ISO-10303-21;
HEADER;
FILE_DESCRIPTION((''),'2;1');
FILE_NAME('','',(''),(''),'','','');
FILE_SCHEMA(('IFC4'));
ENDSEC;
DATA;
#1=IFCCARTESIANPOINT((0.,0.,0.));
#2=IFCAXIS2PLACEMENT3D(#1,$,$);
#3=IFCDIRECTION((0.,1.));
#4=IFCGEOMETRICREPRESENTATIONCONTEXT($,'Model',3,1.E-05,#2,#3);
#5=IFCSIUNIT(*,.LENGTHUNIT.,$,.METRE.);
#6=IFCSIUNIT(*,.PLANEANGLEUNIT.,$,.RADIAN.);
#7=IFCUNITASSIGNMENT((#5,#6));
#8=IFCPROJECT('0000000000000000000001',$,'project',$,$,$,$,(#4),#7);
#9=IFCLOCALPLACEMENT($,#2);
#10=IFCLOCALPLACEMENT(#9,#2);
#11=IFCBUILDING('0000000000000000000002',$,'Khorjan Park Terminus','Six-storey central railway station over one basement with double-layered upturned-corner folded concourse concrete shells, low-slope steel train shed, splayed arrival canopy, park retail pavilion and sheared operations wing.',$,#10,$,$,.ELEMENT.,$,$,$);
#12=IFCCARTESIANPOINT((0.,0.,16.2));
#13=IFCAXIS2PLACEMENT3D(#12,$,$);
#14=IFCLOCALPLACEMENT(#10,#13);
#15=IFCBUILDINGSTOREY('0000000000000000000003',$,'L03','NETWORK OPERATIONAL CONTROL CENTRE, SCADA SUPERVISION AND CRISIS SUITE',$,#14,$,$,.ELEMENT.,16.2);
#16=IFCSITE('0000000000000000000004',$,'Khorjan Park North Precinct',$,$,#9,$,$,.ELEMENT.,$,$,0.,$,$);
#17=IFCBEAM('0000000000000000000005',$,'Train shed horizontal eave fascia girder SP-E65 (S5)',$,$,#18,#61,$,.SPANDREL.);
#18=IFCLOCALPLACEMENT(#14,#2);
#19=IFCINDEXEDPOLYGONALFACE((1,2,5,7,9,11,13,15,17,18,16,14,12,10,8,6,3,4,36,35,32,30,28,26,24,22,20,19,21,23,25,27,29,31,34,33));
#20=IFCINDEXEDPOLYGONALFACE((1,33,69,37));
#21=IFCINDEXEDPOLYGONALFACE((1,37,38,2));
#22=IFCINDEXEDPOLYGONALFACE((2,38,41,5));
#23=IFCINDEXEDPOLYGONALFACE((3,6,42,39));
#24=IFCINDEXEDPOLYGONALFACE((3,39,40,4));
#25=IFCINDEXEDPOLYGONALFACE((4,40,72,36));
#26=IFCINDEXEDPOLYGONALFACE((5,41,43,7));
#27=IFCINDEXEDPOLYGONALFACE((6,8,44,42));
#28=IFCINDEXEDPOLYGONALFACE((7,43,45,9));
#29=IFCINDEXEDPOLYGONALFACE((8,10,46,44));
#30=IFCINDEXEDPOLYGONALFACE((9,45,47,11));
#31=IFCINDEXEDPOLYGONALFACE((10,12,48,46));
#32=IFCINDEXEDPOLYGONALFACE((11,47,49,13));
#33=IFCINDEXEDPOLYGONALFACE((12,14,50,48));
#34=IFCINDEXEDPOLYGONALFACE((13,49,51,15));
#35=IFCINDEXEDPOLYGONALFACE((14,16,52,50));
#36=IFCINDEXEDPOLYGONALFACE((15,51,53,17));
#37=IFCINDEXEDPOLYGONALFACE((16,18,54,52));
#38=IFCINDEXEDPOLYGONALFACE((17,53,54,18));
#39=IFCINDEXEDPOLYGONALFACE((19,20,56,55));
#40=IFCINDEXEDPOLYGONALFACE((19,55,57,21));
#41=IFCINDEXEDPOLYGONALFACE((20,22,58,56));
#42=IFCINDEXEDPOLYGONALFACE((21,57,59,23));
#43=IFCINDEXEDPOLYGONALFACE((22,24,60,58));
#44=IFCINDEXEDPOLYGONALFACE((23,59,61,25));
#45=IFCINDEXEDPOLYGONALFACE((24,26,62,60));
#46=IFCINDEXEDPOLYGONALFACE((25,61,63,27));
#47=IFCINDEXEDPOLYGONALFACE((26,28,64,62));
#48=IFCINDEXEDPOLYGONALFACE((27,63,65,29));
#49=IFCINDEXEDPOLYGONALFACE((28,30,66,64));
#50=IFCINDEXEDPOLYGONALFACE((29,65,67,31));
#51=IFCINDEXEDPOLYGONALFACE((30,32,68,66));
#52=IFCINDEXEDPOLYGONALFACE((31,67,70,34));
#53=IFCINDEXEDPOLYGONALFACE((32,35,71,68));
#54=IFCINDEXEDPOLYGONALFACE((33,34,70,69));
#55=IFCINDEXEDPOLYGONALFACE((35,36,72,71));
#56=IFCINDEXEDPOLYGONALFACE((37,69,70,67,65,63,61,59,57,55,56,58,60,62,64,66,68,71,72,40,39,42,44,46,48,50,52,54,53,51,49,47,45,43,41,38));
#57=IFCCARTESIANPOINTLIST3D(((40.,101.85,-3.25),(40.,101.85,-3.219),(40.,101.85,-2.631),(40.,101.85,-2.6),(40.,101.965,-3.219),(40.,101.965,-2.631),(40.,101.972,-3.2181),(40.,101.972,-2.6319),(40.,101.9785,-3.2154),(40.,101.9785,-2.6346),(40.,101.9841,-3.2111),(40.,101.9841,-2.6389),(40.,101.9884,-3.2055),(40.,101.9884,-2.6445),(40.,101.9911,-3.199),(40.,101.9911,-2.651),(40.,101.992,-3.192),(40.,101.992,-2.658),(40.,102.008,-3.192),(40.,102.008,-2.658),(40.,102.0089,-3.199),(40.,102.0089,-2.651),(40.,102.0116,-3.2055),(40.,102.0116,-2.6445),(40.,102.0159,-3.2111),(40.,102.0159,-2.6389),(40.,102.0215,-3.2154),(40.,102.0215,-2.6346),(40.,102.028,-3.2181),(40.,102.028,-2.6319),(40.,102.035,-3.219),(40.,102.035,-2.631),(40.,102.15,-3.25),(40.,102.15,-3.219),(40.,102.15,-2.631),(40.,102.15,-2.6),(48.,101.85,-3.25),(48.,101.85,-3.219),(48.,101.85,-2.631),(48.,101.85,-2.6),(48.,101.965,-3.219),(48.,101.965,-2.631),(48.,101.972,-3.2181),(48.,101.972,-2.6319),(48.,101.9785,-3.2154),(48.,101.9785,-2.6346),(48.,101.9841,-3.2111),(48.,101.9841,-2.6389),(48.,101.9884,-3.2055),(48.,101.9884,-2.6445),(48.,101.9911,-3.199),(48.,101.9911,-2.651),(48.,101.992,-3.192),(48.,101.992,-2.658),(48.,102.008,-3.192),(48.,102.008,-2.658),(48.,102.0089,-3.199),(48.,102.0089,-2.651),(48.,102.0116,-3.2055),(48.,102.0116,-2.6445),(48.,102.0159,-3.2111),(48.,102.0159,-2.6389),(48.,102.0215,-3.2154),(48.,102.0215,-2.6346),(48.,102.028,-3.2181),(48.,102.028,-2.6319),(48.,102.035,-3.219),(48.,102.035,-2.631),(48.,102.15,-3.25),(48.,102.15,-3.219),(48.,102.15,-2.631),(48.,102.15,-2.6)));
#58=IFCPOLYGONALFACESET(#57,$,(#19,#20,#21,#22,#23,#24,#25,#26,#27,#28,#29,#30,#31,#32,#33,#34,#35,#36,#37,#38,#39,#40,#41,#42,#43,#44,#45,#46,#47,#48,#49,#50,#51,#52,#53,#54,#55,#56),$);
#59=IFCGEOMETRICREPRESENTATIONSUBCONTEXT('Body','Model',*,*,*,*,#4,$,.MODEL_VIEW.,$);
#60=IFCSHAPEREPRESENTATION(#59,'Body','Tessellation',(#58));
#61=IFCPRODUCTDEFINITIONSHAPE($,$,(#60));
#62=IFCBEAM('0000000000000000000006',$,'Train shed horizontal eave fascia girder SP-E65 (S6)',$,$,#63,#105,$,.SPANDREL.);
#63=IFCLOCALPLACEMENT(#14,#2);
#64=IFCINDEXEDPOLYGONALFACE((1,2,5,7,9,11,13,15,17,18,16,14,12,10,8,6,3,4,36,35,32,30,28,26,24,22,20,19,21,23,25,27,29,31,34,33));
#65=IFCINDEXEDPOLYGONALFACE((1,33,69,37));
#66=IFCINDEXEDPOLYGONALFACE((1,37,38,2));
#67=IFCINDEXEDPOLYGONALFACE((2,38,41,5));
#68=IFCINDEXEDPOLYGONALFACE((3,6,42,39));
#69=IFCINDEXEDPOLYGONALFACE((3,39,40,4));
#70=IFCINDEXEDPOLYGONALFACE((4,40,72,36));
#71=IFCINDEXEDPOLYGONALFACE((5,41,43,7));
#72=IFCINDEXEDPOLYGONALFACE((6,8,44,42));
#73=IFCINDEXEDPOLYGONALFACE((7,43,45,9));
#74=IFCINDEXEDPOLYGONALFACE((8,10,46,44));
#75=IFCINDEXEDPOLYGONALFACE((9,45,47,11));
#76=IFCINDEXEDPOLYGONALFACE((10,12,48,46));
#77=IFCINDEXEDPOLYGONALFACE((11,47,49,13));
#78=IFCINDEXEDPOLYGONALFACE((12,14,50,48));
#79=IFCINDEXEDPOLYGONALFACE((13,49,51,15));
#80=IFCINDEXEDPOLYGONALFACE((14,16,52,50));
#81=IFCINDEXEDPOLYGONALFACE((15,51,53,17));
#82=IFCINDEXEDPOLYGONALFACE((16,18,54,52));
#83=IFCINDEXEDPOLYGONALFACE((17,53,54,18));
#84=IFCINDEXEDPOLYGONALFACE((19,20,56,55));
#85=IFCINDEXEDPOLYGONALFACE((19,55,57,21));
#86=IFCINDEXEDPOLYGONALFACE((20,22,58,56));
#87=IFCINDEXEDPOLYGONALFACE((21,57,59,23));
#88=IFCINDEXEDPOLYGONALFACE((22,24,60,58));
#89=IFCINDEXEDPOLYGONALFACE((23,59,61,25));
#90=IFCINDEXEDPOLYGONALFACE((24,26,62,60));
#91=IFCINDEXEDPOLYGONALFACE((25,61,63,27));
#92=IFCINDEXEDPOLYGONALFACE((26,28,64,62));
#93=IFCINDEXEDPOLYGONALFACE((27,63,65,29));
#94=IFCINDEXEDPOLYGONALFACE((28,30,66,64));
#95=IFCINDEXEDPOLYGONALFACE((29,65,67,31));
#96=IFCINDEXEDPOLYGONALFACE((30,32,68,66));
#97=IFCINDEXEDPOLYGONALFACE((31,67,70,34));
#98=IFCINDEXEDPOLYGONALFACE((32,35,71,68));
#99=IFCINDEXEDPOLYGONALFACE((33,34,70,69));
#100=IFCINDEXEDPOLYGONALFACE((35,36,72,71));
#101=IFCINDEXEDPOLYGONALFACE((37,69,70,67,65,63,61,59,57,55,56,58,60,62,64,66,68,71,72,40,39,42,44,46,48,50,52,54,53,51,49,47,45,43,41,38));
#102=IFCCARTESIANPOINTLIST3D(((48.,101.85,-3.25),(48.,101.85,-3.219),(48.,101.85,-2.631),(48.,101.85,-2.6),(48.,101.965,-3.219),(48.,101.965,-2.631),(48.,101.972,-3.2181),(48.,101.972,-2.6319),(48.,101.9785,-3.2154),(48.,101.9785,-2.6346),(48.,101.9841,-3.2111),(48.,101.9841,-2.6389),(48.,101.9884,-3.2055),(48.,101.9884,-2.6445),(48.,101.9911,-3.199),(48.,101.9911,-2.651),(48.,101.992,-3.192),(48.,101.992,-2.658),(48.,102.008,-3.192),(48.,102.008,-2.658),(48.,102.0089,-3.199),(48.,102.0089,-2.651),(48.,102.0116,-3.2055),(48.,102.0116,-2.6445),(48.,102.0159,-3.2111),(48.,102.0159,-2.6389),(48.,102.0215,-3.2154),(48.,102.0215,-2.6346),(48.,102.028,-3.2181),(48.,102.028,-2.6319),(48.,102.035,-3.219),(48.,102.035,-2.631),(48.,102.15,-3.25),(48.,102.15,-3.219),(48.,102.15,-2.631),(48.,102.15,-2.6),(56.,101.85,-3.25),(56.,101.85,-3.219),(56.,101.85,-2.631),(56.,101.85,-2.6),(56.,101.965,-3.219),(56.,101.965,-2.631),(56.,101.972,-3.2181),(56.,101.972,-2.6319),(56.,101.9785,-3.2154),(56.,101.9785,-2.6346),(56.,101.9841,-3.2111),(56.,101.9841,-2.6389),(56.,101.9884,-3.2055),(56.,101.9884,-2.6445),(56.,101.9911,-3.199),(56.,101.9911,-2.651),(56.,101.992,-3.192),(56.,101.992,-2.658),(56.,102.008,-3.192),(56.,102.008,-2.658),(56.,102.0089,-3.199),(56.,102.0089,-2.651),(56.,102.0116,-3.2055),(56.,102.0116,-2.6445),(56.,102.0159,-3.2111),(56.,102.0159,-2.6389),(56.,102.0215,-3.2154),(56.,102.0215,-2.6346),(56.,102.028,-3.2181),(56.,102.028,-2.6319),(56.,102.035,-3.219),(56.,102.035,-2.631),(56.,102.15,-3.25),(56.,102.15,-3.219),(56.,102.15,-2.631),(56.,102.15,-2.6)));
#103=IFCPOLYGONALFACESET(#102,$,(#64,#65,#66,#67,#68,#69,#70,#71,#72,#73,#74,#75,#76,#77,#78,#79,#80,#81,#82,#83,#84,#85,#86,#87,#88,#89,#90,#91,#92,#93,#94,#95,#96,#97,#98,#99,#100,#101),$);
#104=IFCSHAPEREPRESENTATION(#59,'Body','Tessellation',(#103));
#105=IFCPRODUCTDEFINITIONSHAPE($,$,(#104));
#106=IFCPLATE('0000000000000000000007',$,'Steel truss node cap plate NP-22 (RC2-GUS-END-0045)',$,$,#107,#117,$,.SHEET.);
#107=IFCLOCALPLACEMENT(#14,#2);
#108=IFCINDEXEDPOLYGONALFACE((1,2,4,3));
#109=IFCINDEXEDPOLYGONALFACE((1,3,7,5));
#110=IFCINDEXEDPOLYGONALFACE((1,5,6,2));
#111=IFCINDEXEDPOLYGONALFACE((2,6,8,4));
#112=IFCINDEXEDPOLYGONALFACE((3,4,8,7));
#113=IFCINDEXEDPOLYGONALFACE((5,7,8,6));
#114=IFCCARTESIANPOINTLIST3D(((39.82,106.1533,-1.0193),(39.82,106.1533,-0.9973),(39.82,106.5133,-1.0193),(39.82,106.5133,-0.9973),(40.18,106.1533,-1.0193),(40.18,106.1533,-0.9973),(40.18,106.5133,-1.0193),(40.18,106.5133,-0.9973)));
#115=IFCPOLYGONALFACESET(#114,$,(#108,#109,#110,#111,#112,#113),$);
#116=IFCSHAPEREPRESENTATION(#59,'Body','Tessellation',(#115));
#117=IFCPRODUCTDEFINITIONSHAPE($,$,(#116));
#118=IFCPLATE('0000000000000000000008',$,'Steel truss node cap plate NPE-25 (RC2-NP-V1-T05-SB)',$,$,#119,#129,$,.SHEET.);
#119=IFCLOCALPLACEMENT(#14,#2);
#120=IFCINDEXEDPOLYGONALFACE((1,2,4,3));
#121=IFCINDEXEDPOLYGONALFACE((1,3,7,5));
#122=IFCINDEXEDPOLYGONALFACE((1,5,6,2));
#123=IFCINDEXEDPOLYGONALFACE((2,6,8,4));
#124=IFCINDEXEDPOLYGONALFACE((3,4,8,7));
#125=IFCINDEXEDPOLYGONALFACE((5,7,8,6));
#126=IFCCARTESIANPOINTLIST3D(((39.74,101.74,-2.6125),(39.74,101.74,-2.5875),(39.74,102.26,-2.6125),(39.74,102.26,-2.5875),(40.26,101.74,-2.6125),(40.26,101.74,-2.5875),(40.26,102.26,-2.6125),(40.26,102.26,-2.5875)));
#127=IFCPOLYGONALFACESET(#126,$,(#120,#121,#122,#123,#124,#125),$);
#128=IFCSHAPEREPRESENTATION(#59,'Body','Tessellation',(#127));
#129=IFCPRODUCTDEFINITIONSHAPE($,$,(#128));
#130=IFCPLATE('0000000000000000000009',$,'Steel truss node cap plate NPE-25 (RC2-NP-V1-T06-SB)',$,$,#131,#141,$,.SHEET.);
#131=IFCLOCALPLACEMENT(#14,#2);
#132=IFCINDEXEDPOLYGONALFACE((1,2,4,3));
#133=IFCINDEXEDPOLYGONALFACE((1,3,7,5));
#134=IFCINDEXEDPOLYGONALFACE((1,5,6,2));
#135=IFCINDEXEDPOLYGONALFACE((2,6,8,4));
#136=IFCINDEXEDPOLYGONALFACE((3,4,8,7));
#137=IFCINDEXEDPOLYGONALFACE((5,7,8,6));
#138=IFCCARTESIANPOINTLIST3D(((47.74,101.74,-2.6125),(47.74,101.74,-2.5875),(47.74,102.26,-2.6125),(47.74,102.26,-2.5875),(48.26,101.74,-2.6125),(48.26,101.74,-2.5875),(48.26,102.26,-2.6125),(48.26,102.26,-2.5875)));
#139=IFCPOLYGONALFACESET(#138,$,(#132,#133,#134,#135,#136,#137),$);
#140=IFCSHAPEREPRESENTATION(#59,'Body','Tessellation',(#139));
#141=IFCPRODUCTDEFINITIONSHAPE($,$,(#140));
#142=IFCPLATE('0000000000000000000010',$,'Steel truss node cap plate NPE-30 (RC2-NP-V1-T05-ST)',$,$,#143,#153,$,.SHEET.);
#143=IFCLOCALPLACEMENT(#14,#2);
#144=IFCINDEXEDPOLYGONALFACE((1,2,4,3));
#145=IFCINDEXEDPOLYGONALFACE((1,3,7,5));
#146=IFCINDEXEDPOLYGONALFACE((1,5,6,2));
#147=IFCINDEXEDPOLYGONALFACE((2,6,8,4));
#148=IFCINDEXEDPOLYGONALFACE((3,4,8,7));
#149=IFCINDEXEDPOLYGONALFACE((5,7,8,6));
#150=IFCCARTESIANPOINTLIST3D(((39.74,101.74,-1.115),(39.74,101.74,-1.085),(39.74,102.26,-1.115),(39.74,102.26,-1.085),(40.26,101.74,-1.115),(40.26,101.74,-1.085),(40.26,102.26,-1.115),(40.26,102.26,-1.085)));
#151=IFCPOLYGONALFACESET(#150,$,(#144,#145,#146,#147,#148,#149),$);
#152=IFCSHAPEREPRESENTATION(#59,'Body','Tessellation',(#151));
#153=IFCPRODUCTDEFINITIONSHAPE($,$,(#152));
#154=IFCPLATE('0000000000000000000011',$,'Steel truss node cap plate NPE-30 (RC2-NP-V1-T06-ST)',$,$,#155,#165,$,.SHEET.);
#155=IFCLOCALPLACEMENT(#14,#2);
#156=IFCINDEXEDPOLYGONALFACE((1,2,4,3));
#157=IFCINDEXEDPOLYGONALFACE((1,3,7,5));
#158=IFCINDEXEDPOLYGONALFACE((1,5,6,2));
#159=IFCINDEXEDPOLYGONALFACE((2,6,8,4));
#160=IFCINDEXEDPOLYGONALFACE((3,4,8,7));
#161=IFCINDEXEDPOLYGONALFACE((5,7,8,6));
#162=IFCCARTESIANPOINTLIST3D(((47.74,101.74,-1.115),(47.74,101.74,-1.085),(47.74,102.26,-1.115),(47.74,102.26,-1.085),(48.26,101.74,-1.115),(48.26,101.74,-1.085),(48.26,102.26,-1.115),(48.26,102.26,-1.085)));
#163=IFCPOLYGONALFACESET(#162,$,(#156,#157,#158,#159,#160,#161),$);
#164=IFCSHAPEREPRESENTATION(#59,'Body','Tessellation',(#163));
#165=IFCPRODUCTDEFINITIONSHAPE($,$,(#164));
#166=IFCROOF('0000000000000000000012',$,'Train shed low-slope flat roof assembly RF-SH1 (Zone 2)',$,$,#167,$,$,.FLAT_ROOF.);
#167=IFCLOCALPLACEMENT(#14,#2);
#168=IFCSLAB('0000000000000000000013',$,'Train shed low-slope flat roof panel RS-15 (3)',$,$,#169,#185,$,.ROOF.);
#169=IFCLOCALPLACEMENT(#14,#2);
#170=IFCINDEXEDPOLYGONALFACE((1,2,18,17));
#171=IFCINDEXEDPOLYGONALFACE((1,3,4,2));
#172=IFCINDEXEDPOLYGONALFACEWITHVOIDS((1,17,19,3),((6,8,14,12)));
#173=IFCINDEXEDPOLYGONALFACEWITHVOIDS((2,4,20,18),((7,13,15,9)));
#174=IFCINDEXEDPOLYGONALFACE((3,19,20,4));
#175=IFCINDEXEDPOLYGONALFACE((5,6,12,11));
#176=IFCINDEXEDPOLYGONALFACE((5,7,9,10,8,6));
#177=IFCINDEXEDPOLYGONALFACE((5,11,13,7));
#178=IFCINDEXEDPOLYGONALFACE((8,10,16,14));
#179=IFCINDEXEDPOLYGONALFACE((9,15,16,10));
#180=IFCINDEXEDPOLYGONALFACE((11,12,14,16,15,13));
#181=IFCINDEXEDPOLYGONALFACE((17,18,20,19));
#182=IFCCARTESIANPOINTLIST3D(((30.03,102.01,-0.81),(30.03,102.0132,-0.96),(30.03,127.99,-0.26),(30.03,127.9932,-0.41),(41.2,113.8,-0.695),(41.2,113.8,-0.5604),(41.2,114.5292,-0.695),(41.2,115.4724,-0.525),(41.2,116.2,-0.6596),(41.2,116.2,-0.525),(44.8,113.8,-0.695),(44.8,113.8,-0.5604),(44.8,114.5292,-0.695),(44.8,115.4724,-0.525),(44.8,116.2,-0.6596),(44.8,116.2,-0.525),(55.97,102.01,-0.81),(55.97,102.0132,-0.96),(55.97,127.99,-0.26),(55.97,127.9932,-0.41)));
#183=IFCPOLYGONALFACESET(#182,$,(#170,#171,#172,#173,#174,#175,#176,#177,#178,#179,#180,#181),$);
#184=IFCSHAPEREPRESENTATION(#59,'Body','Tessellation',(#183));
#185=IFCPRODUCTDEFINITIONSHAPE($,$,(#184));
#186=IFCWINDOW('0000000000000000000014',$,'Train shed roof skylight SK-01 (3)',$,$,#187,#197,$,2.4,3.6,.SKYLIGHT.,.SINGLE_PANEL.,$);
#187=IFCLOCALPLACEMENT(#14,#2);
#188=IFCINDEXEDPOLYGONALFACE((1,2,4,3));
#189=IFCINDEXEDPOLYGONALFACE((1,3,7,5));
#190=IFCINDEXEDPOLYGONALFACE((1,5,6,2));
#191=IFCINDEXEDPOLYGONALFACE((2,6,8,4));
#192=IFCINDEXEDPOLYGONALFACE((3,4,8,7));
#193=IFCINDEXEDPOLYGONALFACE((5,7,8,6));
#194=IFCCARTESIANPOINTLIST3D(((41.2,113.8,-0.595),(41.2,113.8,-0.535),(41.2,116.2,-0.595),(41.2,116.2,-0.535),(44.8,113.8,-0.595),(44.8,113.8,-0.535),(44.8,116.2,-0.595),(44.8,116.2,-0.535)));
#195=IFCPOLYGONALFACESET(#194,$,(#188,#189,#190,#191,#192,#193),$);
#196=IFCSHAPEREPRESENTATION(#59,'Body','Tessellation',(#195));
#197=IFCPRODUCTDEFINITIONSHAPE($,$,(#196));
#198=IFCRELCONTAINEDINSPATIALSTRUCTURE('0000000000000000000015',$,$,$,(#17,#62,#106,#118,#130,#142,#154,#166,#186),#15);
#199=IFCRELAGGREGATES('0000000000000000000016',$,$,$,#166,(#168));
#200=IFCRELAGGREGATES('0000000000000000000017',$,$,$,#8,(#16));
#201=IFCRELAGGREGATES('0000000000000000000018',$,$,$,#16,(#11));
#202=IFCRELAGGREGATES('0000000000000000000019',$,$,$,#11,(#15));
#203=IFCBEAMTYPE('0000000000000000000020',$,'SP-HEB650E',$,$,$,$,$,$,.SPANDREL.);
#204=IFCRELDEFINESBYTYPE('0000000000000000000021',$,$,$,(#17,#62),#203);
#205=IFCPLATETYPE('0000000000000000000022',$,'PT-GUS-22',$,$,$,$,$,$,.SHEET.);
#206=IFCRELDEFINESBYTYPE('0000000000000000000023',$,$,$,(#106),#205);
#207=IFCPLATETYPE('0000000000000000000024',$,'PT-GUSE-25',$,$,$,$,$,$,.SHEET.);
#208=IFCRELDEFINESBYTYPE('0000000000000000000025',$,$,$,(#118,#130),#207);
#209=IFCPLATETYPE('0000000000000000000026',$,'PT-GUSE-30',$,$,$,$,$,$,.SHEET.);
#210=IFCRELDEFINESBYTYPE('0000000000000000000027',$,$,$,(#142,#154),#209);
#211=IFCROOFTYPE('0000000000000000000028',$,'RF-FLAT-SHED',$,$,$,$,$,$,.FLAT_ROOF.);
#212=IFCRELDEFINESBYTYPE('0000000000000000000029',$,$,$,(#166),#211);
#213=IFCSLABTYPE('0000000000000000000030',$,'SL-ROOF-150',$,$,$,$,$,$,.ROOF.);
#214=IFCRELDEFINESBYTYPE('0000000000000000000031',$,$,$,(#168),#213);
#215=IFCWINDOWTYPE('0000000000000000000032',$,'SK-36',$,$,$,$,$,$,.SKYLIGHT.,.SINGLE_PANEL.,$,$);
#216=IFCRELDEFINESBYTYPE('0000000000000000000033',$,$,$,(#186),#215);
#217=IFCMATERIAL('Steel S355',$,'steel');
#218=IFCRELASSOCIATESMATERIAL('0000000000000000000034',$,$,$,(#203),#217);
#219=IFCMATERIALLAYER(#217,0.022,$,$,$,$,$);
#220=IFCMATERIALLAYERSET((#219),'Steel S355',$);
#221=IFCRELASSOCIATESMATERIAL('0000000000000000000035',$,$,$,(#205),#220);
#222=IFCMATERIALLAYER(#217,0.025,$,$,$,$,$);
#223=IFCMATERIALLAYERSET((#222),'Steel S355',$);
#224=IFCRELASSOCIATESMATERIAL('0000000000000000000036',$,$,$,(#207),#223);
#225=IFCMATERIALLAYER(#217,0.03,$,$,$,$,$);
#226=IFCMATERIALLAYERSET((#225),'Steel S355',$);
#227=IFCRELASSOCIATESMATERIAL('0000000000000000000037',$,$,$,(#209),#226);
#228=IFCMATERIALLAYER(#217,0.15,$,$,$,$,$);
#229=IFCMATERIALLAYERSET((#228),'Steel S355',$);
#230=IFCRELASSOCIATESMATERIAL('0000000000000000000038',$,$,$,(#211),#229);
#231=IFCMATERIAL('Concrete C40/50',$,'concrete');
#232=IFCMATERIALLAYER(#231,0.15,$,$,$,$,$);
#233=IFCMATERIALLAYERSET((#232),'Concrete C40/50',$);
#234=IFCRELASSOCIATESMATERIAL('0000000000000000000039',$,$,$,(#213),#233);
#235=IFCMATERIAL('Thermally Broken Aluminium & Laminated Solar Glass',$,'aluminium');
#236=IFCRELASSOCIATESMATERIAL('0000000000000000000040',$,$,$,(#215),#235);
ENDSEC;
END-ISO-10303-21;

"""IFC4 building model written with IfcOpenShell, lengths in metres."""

from ifc_helpers import new_model, si_unit, direction, frame, origin, origin_2d, place, context, subcontext, project, spatial, polyline, rectangle, i_section, outline, extrude, material, layer, layer_set, material_profile, profile_set, type_object, element, fill, aggregate, save


model = new_model("IFC4")

# Units and contexts
model_context = context("Model", 3, precision=1e-05, world=origin(), true_north=direction((0.0, 1.0)))
body_context = subcontext(model_context, "Body", "Model", "MODEL_VIEW")
ifc_project = project(units=[si_unit("LENGTHUNIT", "METRE"), si_unit("PLANEANGLEUNIT", "RADIAN")], contexts=[model_context])

# Site, building, storey
site_placement = place(None, origin())
site = spatial("IfcSite", under=ifc_project, at=site_placement, Name="Khorjan Park North Precinct", CompositionType="ELEMENT", RefElevation=0.0)
building_placement = place(site_placement, origin())
building = spatial("IfcBuilding", under=site, at=building_placement, Name="Khorjan Park Terminus", Description="Six-storey central railway station over one basement with double-layered upturned-corner folded concourse concrete shells, low-slope steel train shed, splayed arrival canopy, park retail pavilion and sheared operations wing.", CompositionType="ELEMENT")
storey_placement = place(building_placement, frame((0.0, 0.0, 16.2)))
storey = spatial("IfcBuildingStorey", under=building, at=storey_placement, Name="L03", Description="NETWORK OPERATIONAL CONTROL CENTRE, SCADA SUPERVISION AND CRISIS SUITE", CompositionType="ELEMENT", Elevation=16.2)

# Shared definitions
ifc_material_1 = material(Name="Steel S355", Category="steel")

# Beams
ifc_material_profile_1 = material_profile(ifc_material_1, i_section(OverallWidth=0.3, OverallDepth=0.65, WebThickness=0.016, FlangeThickness=0.031, FilletRadius=0.027, at=origin_2d()), Name="HEB 650")
ifc_profile_set_1 = profile_set([ifc_material_profile_1], Name="Steel S355")
beam_type = type_object("IfcBeamType", Name="SP-HEB650E", PredefinedType="SPANDREL", material=ifc_profile_set_1)
for number, where, z_axis, x_axis, name in (
    (1, (40.0, 102.0, -2.925), (1.0, 0.0, 0.0), (0.0, 1.0, 0.0), "Train shed horizontal eave fascia girder SP-E65 (S5)"),
    (2, (48.0, 102.0, -2.925), (1.0, 0.0, 0.0), (0.0, 1.0, 0.0), "Train shed horizontal eave fascia girder SP-E65 (S6)"),
):
    element("IfcBeam", number, at=place(storey_placement, frame(where, z_axis=z_axis, x_axis=x_axis)), inside=storey, type_object=beam_type, Name=name, PredefinedType="SPANDREL", context=body_context, shape_type="SweptSolid", body=[
        extrude(i_section(OverallWidth=0.3, OverallDepth=0.65, WebThickness=0.016, FlangeThickness=0.031, FilletRadius=0.027, at=origin_2d()), origin(), (0.0, 0.0, 1.0), 8.0),
    ])

# Plates
ifc_layer_1 = layer(ifc_material_1, 0.022)
ifc_layer_set_1 = layer_set([ifc_layer_1], Name="Steel S355")
plate_type_1 = type_object("IfcPlateType", Name="PT-GUS-22", PredefinedType="SHEET", material=ifc_layer_set_1)
plate_placement = place(storey_placement, frame((40.0, 106.3333, -1.0193), z_axis=(0.0, 0.0, 1.0), x_axis=(1.0, 0.0, 0.0)))
element("IfcPlate", 3, at=plate_placement, inside=storey, type_object=plate_type_1, Name="Steel truss node cap plate NP-22 (RC2-GUS-END-0045)", PredefinedType="SHEET", context=body_context, shape_type="SweptSolid", body=[
    extrude(rectangle(XDim=0.36, YDim=0.36, at=origin_2d()), origin(), (0.0, 0.0, 1.0), 0.022),
])
ifc_layer_2 = layer(ifc_material_1, 0.025)
ifc_layer_set_2 = layer_set([ifc_layer_2], Name="Steel S355")
plate_type_2 = type_object("IfcPlateType", Name="PT-GUSE-25", PredefinedType="SHEET", material=ifc_layer_set_2)
for number, where, z_axis, x_axis, name in (
    (4, (40.0, 102.0, -2.6125), (0.0, 0.0, 1.0), (1.0, 0.0, 0.0), "Steel truss node cap plate NPE-25 (RC2-NP-V1-T05-SB)"),
    (5, (48.0, 102.0, -2.6125), (0.0, 0.0, 1.0), (1.0, 0.0, 0.0), "Steel truss node cap plate NPE-25 (RC2-NP-V1-T06-SB)"),
):
    element("IfcPlate", number, at=place(storey_placement, frame(where, z_axis=z_axis, x_axis=x_axis)), inside=storey, type_object=plate_type_2, Name=name, PredefinedType="SHEET", context=body_context, shape_type="SweptSolid", body=[
        extrude(rectangle(XDim=0.52, YDim=0.52, at=origin_2d()), origin(), (0.0, 0.0, 1.0), 0.025),
    ])
ifc_layer_3 = layer(ifc_material_1, 0.03)
ifc_layer_set_3 = layer_set([ifc_layer_3], Name="Steel S355")
plate_type_3 = type_object("IfcPlateType", Name="PT-GUSE-30", PredefinedType="SHEET", material=ifc_layer_set_3)
for number, where, z_axis, x_axis, name in (
    (6, (40.0, 102.0, -1.115), (0.0, 0.0, 1.0), (1.0, 0.0, 0.0), "Steel truss node cap plate NPE-30 (RC2-NP-V1-T05-ST)"),
    (7, (48.0, 102.0, -1.115), (0.0, 0.0, 1.0), (1.0, 0.0, 0.0), "Steel truss node cap plate NPE-30 (RC2-NP-V1-T06-ST)"),
):
    element("IfcPlate", number, at=place(storey_placement, frame(where, z_axis=z_axis, x_axis=x_axis)), inside=storey, type_object=plate_type_3, Name=name, PredefinedType="SHEET", context=body_context, shape_type="SweptSolid", body=[
        extrude(rectangle(XDim=0.52, YDim=0.52, at=origin_2d()), origin(), (0.0, 0.0, 1.0), 0.03),
    ])

# Roof, slab, opening, window
ifc_layer_4 = layer(ifc_material_1, 0.15)
ifc_layer_set_4 = layer_set([ifc_layer_4], Name="Steel S355")
roof_type = type_object("IfcRoofType", Name="RF-FLAT-SHED", PredefinedType="FLAT_ROOF", material=ifc_layer_set_4)
roof_placement = place(storey_placement, origin())
roof = element("IfcRoof", 8, at=roof_placement, inside=storey, type_object=roof_type, Name="Train shed low-slope flat roof assembly RF-SH1 (Zone 2)", PredefinedType="FLAT_ROOF")
ifc_material_2 = material(Name="Concrete C40/50", Category="concrete")
ifc_layer_5 = layer(ifc_material_2, 0.15)
ifc_layer_set_5 = layer_set([ifc_layer_5], Name="Concrete C40/50")
slab_type = type_object("IfcSlabType", Name="SL-ROOF-150", PredefinedType="ROOF", material=ifc_layer_set_5)
slab_placement = place(storey_placement, frame((30.03, 102.01, -0.81), z_axis=(0.0, -0.021165, 0.999776), x_axis=(1.0, 0.0, 0.0)))
slab = element("IfcSlab", 9, at=slab_placement, type_object=slab_type, Name="Train shed low-slope flat roof panel RS-15 (3)", PredefinedType="ROOF", context=body_context, shape_type="SweptSolid", body=[
    extrude(outline(polyline([(0.0, 0.0), (25.94, 0.0), (25.94, 25.9858), (0.0, 25.9858), (0.0, 0.0)])), origin(), (0.0, 0.0, -1.0), 0.15),
])
opening_placement = place(storey_placement, frame((43.0, 115.0, -0.685), z_axis=(0.0, 0.0, 1.0), x_axis=(1.0, 0.0, 0.0)))
opening = element("IfcOpeningElement", 10, at=opening_placement, cuts=slab, PredefinedType="OPENING", context=body_context, shape_type="SweptSolid", body=[
    extrude(rectangle(XDim=3.6, YDim=2.4, at=origin_2d()), frame((0.0, 0.0, -0.01)), (0.0, 0.0, 1.0), 0.17),
])
ifc_material_3 = material(Name="Thermally Broken Aluminium & Laminated Solar Glass", Category="aluminium")
window_type = type_object("IfcWindowType", Name="SK-36", PartitioningType="SINGLE_PANEL", PredefinedType="SKYLIGHT", material=ifc_material_3)
window_placement = place(opening_placement, frame((0.0, 0.0, 0.09)))
window = element("IfcWindow", 11, at=window_placement, inside=storey, type_object=window_type, Name="Train shed roof skylight SK-01 (3)", OverallHeight=2.4, OverallWidth=3.6, PartitioningType="SINGLE_PANEL", PredefinedType="SKYLIGHT", context=body_context, shape_type="SweptSolid", body=[
    extrude(rectangle(XDim=3.6, YDim=2.4, at=origin_2d()), origin(), (0.0, 0.0, 1.0), 0.06),
])
fill(opening, window)
aggregate(roof, [slab])

save(model, "model.ifc")
